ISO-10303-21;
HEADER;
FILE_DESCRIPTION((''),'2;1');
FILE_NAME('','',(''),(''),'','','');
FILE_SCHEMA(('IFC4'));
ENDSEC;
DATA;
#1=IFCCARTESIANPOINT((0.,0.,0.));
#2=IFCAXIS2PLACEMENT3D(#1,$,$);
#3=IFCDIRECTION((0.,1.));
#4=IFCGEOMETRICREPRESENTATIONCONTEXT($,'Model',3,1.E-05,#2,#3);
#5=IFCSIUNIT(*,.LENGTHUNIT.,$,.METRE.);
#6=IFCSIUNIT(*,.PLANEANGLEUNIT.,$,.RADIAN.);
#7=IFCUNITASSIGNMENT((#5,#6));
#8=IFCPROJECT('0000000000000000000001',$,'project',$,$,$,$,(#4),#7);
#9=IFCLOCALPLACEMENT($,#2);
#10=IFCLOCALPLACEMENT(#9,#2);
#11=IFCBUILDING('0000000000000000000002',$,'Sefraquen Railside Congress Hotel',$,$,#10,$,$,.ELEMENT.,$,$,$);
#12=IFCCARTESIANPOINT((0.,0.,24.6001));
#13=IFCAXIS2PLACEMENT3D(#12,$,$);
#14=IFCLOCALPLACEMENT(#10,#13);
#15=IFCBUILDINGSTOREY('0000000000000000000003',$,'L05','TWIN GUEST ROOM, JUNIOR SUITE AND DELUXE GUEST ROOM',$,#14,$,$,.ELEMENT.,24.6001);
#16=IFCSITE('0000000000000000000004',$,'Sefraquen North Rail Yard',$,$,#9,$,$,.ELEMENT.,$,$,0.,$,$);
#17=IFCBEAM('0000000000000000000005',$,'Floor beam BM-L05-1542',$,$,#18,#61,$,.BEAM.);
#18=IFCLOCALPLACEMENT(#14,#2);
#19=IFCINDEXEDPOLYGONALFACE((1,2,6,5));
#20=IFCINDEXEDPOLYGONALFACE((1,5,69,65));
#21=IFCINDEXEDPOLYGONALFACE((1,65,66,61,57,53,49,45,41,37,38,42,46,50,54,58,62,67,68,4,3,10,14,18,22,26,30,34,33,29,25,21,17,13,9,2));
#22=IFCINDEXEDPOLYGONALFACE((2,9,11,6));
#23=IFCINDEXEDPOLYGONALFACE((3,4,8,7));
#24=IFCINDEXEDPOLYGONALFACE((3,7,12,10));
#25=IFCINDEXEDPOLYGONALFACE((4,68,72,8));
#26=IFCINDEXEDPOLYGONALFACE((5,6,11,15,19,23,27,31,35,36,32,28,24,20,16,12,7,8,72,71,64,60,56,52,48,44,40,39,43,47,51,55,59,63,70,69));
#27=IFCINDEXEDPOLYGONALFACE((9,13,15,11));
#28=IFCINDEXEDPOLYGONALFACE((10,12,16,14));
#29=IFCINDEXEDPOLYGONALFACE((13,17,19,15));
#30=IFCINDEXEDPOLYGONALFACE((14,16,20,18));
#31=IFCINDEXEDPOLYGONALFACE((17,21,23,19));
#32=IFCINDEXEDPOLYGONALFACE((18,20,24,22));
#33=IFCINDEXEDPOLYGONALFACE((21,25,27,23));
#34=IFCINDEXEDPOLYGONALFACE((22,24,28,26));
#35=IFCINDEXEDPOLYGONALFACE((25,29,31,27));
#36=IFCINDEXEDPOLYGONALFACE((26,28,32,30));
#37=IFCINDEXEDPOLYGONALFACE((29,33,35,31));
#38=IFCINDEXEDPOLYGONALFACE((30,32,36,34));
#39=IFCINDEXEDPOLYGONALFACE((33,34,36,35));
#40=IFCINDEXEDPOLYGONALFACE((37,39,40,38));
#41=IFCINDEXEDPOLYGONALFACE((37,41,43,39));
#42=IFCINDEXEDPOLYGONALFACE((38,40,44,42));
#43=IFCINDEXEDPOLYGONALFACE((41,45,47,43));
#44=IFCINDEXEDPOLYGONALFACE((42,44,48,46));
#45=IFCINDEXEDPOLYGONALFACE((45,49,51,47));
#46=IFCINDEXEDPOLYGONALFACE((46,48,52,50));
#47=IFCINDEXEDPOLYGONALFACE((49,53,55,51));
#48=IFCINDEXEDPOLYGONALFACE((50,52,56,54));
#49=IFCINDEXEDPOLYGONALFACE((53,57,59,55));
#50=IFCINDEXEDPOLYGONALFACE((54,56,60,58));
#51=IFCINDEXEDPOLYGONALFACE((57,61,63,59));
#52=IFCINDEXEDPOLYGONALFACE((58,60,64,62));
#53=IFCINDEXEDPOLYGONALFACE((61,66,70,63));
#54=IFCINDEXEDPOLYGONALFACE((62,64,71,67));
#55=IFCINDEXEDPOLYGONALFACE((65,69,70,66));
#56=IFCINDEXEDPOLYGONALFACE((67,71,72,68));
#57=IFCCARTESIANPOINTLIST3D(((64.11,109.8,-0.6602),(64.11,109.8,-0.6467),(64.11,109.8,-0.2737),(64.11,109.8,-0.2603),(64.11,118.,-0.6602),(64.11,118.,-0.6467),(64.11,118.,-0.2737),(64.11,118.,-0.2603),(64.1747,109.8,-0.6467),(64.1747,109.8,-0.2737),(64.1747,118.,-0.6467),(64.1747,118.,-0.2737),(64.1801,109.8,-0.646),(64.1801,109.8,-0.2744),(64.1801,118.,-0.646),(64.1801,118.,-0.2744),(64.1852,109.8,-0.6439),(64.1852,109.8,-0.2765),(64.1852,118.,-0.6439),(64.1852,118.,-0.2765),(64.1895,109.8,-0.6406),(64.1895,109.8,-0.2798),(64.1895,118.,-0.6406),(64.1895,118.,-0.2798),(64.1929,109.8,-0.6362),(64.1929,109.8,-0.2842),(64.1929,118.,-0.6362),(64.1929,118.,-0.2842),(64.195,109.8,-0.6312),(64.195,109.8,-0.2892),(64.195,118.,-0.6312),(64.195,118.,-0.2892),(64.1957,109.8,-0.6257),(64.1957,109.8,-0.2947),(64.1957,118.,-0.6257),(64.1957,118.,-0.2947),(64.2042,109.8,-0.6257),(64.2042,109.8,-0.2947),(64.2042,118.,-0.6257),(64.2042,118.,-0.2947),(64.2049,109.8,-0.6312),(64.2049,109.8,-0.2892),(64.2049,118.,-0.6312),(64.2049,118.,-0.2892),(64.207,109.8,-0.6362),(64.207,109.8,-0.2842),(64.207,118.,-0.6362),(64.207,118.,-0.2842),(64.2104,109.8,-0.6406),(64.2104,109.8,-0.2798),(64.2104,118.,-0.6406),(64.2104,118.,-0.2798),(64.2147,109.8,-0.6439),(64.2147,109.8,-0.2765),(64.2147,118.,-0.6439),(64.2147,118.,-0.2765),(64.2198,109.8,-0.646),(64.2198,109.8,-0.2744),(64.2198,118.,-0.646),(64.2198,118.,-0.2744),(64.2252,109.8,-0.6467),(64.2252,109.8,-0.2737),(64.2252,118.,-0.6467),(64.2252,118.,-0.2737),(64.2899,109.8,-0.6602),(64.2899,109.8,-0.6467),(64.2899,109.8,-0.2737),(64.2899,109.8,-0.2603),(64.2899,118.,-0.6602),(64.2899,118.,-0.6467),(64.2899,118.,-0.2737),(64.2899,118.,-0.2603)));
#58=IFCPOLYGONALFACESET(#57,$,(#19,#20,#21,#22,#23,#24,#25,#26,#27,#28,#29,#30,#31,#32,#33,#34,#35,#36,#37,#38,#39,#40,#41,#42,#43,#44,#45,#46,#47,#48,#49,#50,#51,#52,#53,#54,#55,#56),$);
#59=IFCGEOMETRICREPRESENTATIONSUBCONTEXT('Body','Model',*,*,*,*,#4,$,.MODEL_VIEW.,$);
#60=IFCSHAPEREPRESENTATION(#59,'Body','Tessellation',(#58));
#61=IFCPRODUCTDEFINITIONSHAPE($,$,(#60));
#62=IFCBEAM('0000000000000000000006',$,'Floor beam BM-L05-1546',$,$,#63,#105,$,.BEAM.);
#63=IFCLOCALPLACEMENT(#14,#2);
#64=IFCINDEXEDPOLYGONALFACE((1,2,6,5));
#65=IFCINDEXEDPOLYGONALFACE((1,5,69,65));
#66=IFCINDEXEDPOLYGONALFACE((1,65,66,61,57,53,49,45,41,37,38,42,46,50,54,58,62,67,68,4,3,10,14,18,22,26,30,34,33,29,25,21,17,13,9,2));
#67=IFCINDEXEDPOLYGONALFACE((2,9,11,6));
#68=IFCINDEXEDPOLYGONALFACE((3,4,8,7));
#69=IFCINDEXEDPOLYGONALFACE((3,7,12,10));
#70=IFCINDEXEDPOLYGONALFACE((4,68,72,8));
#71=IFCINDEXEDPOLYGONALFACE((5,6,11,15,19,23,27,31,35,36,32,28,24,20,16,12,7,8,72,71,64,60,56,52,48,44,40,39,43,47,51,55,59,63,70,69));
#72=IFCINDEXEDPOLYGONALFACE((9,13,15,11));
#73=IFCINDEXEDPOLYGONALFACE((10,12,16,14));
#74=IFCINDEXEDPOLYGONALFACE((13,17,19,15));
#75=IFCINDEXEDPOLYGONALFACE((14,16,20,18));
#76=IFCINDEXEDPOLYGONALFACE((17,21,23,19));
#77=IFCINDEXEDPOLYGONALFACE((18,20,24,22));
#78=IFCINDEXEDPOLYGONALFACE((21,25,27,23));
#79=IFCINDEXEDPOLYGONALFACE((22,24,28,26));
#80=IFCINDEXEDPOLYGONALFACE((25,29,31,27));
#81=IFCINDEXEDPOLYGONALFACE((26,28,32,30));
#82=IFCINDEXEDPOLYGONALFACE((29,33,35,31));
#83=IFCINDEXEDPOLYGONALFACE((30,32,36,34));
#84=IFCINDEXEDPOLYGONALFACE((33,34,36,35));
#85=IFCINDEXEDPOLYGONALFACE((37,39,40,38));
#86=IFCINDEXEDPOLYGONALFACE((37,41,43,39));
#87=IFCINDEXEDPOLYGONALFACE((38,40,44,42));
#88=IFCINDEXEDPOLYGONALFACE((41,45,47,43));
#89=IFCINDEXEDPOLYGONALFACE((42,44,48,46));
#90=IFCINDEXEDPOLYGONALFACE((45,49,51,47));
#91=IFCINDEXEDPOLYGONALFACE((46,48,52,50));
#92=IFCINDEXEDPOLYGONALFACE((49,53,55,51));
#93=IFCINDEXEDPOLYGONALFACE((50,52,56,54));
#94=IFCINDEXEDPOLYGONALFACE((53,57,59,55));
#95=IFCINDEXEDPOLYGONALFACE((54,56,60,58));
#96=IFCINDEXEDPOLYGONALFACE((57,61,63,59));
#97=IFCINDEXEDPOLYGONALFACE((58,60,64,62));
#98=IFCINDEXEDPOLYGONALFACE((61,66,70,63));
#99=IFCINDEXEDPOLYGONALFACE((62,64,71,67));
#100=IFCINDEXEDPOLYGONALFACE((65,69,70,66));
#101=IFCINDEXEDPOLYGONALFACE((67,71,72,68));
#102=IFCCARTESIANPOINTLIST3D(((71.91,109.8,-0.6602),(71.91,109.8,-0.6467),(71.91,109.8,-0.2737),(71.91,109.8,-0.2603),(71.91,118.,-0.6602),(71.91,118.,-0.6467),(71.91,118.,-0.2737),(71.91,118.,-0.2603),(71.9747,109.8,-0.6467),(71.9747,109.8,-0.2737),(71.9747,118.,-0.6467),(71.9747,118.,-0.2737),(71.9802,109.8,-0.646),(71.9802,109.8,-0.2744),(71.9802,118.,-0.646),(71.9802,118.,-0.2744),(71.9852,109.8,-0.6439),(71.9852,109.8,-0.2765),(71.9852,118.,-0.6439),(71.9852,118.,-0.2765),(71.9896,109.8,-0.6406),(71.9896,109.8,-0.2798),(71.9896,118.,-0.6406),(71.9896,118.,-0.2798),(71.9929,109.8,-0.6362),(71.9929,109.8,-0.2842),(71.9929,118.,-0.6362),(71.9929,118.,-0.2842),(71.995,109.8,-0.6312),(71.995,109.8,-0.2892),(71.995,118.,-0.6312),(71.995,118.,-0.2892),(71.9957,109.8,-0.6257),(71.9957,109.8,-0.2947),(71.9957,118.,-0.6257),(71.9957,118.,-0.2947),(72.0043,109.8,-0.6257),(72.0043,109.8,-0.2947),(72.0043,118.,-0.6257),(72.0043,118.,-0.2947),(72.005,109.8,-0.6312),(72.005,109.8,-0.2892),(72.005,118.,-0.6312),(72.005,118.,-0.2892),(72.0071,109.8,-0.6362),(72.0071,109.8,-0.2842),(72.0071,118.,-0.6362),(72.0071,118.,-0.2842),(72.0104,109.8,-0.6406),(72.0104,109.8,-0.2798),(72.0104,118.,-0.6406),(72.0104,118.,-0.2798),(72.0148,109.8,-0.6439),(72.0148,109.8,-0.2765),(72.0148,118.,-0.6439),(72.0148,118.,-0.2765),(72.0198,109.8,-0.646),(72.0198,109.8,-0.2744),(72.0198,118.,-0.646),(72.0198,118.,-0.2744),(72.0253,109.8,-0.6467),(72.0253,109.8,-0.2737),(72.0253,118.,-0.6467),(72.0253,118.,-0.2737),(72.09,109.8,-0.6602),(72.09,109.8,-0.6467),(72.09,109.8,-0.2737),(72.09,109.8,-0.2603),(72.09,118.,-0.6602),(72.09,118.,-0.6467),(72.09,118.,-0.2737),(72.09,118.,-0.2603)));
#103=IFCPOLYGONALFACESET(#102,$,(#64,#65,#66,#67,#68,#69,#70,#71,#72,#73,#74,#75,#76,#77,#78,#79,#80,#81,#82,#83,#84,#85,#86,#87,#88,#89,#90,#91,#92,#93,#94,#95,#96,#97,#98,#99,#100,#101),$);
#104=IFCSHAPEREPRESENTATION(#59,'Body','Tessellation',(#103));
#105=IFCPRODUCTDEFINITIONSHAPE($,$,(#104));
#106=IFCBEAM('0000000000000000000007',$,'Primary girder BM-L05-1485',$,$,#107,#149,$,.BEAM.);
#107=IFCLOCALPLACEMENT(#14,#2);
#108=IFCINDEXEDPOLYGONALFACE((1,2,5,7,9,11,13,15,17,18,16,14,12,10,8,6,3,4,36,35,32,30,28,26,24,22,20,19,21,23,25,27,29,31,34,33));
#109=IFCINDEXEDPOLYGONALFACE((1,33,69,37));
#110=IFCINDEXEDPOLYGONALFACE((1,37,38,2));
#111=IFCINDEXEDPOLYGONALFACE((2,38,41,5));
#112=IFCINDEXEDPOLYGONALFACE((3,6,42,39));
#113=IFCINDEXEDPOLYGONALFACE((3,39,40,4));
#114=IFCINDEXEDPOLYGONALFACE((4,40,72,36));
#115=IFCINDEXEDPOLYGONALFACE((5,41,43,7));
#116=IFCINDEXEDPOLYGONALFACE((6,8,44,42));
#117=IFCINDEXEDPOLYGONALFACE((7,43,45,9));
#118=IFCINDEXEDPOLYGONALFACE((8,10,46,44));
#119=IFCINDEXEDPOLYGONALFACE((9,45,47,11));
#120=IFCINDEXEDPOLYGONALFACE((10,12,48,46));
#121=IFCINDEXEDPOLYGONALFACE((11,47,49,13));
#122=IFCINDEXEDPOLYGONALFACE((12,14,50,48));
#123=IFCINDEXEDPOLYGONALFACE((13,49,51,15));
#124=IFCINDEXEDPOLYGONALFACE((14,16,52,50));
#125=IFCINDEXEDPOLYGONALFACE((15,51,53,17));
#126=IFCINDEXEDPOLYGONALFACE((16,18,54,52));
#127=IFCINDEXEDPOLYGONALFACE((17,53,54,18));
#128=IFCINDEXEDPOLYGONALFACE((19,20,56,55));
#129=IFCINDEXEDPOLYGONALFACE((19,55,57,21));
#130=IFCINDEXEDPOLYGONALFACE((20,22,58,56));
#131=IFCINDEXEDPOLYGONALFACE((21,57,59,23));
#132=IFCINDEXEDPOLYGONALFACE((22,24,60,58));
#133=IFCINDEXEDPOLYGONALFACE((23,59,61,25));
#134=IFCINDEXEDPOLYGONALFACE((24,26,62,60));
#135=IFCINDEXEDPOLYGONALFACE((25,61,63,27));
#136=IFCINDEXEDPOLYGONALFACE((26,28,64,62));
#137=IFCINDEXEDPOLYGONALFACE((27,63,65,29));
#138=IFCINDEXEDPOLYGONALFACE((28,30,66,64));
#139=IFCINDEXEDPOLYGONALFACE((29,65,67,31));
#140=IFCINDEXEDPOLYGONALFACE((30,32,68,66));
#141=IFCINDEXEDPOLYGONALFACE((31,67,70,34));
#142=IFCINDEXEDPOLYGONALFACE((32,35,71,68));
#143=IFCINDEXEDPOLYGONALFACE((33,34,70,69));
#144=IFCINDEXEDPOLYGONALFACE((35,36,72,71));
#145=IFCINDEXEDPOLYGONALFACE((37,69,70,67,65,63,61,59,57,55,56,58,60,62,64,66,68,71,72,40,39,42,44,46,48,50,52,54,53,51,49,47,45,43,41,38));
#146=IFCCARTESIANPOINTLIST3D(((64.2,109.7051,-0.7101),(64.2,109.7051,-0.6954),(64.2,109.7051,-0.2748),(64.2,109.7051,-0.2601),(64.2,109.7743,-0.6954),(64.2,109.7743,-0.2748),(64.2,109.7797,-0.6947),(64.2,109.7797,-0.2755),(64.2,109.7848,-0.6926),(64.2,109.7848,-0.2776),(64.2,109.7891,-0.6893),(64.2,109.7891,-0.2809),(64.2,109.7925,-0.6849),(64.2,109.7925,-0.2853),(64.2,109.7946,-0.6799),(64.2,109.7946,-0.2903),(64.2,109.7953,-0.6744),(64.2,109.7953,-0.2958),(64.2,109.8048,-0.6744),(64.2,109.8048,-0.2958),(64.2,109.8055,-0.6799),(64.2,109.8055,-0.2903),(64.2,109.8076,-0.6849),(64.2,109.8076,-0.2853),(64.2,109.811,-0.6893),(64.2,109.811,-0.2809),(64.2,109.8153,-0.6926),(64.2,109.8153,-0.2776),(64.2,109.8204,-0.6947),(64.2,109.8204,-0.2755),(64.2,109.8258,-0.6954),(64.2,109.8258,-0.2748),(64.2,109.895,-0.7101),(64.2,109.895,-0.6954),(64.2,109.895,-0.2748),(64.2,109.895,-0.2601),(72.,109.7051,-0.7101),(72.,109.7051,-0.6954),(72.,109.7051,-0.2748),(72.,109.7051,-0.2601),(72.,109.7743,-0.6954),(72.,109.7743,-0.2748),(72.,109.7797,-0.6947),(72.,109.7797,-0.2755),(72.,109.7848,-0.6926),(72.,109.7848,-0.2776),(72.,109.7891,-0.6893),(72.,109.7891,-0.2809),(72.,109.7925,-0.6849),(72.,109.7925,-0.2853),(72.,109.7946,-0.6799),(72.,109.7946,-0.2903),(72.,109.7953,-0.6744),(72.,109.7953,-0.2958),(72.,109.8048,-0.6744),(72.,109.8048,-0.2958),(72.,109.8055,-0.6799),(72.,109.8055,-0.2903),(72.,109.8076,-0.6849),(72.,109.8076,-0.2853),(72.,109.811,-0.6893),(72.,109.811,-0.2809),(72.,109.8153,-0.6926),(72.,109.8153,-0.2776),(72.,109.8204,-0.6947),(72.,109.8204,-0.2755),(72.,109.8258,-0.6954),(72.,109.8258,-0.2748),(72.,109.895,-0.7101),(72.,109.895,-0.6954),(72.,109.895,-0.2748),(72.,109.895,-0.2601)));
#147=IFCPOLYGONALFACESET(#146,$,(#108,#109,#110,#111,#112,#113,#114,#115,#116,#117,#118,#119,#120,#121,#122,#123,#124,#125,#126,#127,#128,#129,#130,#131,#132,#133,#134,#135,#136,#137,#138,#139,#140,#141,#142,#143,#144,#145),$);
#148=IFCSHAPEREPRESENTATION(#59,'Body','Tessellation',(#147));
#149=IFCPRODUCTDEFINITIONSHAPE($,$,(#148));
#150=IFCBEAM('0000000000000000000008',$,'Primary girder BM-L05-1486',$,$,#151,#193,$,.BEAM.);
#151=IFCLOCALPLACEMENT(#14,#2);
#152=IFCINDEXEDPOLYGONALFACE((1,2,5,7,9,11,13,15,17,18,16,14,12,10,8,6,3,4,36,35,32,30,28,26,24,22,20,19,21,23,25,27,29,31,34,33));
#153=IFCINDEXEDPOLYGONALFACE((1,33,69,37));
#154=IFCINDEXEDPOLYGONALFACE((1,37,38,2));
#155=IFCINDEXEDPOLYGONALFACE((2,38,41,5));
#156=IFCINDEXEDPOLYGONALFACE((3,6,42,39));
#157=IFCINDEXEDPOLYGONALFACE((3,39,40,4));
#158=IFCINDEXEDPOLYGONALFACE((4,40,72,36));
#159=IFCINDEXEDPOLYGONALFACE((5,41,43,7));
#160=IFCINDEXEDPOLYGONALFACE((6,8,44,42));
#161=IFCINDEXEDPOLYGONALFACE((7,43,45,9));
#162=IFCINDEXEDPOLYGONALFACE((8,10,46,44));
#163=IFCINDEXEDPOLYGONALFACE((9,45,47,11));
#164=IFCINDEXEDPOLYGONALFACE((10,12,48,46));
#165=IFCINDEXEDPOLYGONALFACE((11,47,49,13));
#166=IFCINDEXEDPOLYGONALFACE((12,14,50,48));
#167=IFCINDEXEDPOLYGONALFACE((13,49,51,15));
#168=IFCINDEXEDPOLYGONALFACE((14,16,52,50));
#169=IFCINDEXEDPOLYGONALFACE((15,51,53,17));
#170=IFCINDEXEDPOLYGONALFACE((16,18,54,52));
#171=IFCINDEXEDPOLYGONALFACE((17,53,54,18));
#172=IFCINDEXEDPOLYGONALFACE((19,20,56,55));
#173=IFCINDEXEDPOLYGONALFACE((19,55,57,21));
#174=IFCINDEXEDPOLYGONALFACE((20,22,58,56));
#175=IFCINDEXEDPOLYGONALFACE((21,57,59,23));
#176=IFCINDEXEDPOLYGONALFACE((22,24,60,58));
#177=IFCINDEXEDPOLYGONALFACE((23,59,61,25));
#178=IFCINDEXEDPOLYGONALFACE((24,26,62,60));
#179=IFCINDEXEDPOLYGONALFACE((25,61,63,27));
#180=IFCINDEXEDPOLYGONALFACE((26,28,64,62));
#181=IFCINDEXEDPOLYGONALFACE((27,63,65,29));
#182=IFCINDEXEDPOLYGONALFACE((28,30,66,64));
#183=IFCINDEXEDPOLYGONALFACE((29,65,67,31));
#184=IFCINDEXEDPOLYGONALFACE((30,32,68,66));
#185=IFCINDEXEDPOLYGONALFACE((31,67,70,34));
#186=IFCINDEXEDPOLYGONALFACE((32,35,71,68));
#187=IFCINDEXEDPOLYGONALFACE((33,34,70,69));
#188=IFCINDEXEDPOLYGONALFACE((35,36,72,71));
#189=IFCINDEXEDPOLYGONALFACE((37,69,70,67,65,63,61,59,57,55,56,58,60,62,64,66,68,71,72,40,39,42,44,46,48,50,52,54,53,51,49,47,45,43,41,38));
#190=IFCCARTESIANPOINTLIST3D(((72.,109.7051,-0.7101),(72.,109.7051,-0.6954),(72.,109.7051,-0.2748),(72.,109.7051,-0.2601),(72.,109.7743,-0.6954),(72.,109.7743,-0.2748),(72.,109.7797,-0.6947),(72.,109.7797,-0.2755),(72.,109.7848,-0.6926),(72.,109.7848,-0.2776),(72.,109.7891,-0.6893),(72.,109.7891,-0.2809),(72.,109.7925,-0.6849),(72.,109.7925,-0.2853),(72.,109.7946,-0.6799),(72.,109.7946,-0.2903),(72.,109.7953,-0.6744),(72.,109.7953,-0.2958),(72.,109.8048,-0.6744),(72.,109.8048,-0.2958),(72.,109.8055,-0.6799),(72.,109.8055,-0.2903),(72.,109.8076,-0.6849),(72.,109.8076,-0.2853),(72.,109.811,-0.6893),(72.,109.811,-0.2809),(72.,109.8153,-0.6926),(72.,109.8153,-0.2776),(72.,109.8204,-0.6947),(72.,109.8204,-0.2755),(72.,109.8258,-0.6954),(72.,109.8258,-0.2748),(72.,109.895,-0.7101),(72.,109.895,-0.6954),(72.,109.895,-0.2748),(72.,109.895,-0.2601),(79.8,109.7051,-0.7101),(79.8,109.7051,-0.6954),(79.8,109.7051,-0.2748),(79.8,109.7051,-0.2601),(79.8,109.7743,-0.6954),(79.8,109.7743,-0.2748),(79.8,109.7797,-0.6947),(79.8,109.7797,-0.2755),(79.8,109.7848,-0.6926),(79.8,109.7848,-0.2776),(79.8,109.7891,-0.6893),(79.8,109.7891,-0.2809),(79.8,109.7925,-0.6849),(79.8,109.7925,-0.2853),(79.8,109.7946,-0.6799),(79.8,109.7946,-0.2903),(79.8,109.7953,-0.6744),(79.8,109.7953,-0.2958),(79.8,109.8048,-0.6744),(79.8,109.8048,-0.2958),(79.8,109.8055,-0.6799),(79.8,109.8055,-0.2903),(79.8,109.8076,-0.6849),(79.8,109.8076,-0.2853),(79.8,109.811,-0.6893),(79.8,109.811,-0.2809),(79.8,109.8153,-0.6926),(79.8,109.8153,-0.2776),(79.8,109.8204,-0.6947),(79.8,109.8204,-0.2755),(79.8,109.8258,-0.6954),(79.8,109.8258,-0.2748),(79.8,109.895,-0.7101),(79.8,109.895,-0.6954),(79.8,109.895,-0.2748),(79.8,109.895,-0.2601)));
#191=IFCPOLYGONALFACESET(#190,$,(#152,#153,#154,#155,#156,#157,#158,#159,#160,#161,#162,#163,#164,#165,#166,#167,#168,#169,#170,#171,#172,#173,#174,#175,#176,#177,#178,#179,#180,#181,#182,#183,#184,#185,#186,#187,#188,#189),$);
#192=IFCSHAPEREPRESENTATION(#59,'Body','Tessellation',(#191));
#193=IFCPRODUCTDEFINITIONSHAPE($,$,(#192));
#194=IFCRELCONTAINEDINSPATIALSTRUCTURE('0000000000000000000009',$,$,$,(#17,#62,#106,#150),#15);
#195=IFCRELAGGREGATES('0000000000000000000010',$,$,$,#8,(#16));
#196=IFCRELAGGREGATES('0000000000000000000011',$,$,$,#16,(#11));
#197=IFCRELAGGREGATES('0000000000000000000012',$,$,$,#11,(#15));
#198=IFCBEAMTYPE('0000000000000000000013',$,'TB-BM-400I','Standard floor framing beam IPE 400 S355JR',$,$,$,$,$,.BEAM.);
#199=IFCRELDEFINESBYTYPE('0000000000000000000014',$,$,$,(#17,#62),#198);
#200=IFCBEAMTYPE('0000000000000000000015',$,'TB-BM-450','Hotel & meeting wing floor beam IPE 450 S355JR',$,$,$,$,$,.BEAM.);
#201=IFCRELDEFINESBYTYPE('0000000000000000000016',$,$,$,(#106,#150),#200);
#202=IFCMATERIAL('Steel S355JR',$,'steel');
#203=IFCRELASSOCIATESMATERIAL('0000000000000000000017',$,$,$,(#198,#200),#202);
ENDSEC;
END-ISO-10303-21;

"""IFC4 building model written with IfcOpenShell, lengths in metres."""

from ifc_helpers import new_model, si_unit, direction, frame, origin, origin_2d, place, context, subcontext, project, spatial, i_section, extrude, material, material_profile, profile_set, type_object, element, save


model = new_model("IFC4")

# Units and contexts
model_context = context("Model", 3, precision=1e-05, world=origin(), true_north=direction((0.0, 1.0)))
body_context = subcontext(model_context, "Body", "Model", "MODEL_VIEW")
ifc_project = project(units=[si_unit("LENGTHUNIT", "METRE"), si_unit("PLANEANGLEUNIT", "RADIAN")], contexts=[model_context])

# Site, building, storey
site_placement = place(None, origin())
site = spatial("IfcSite", under=ifc_project, at=site_placement, Name="Sefraquen North Rail Yard", CompositionType="ELEMENT", RefElevation=0.0)
building_placement = place(site_placement, origin())
building = spatial("IfcBuilding", under=site, at=building_placement, Name="Sefraquen Railside Congress Hotel", CompositionType="ELEMENT")
storey_placement = place(building_placement, frame((0.0, 0.0, 24.6001)))
storey = spatial("IfcBuildingStorey", under=building, at=storey_placement, Name="L05", Description="TWIN GUEST ROOM, JUNIOR SUITE AND DELUXE GUEST ROOM", CompositionType="ELEMENT", Elevation=24.6001)

# Shared definitions
ifc_material_1 = material(Name="Steel S355JR", Category="steel")

# Beams
ifc_material_profile_1 = material_profile(ifc_material_1, i_section(OverallWidth=0.1799, OverallDepth=0.3999, WebThickness=0.0085, FlangeThickness=0.0134, FilletRadius=0.021, at=origin_2d()), Name="IPE 400")
ifc_profile_set_1 = profile_set([ifc_material_profile_1], Name="Steel S355JR")
beam_type_1 = type_object("IfcBeamType", Name="TB-BM-400I", Description="Standard floor framing beam IPE 400 S355JR", PredefinedType="BEAM", material=ifc_profile_set_1)
for number, where, z_axis, x_axis, name in (
    (1, (64.2, 109.8, -0.4602), (0.0, 1.0, 0.0), (-1.0, 0.0, 0.0), "Floor beam BM-L05-1542"),
    (2, (72.0, 109.8, -0.4602), (0.0, 1.0, 0.0), (-1.0, 0.0, 0.0), "Floor beam BM-L05-1546"),
):
    element("IfcBeam", number, at=place(storey_placement, frame(where, z_axis=z_axis, x_axis=x_axis)), inside=storey, type_object=beam_type_1, Name=name, PredefinedType="BEAM", context=body_context, shape_type="SweptSolid", body=[
        extrude(i_section(OverallWidth=0.1799, OverallDepth=0.3999, WebThickness=0.0085, FlangeThickness=0.0134, FilletRadius=0.021, at=origin_2d()), origin(), (0.0, 0.0, 1.0), 8.2),
    ])
ifc_material_profile_2 = material_profile(ifc_material_1, i_section(OverallWidth=0.1899, OverallDepth=0.45, WebThickness=0.0095, FlangeThickness=0.0146, FilletRadius=0.021, at=origin_2d()), Name="IPE 450")
ifc_profile_set_2 = profile_set([ifc_material_profile_2], Name="Steel S355JR")
beam_type_2 = type_object("IfcBeamType", Name="TB-BM-450", Description="Hotel & meeting wing floor beam IPE 450 S355JR", PredefinedType="BEAM", material=ifc_profile_set_2)
for number, where, z_axis, x_axis, name in (
    (3, (64.2, 109.8, -0.4851), (1.0, 0.0, 0.0), (0.0, 1.0, 0.0), "Primary girder BM-L05-1485"),
    (4, (72.0, 109.8, -0.4851), (1.0, 0.0, 0.0), (0.0, 1.0, 0.0), "Primary girder BM-L05-1486"),
):
    element("IfcBeam", number, at=place(storey_placement, frame(where, z_axis=z_axis, x_axis=x_axis)), inside=storey, type_object=beam_type_2, Name=name, PredefinedType="BEAM", context=body_context, shape_type="SweptSolid", body=[
        extrude(i_section(OverallWidth=0.1899, OverallDepth=0.45, WebThickness=0.0095, FlangeThickness=0.0146, FilletRadius=0.021, at=origin_2d()), origin(), (0.0, 0.0, 1.0), 7.8),
    ])

save(model, "model.ifc")
